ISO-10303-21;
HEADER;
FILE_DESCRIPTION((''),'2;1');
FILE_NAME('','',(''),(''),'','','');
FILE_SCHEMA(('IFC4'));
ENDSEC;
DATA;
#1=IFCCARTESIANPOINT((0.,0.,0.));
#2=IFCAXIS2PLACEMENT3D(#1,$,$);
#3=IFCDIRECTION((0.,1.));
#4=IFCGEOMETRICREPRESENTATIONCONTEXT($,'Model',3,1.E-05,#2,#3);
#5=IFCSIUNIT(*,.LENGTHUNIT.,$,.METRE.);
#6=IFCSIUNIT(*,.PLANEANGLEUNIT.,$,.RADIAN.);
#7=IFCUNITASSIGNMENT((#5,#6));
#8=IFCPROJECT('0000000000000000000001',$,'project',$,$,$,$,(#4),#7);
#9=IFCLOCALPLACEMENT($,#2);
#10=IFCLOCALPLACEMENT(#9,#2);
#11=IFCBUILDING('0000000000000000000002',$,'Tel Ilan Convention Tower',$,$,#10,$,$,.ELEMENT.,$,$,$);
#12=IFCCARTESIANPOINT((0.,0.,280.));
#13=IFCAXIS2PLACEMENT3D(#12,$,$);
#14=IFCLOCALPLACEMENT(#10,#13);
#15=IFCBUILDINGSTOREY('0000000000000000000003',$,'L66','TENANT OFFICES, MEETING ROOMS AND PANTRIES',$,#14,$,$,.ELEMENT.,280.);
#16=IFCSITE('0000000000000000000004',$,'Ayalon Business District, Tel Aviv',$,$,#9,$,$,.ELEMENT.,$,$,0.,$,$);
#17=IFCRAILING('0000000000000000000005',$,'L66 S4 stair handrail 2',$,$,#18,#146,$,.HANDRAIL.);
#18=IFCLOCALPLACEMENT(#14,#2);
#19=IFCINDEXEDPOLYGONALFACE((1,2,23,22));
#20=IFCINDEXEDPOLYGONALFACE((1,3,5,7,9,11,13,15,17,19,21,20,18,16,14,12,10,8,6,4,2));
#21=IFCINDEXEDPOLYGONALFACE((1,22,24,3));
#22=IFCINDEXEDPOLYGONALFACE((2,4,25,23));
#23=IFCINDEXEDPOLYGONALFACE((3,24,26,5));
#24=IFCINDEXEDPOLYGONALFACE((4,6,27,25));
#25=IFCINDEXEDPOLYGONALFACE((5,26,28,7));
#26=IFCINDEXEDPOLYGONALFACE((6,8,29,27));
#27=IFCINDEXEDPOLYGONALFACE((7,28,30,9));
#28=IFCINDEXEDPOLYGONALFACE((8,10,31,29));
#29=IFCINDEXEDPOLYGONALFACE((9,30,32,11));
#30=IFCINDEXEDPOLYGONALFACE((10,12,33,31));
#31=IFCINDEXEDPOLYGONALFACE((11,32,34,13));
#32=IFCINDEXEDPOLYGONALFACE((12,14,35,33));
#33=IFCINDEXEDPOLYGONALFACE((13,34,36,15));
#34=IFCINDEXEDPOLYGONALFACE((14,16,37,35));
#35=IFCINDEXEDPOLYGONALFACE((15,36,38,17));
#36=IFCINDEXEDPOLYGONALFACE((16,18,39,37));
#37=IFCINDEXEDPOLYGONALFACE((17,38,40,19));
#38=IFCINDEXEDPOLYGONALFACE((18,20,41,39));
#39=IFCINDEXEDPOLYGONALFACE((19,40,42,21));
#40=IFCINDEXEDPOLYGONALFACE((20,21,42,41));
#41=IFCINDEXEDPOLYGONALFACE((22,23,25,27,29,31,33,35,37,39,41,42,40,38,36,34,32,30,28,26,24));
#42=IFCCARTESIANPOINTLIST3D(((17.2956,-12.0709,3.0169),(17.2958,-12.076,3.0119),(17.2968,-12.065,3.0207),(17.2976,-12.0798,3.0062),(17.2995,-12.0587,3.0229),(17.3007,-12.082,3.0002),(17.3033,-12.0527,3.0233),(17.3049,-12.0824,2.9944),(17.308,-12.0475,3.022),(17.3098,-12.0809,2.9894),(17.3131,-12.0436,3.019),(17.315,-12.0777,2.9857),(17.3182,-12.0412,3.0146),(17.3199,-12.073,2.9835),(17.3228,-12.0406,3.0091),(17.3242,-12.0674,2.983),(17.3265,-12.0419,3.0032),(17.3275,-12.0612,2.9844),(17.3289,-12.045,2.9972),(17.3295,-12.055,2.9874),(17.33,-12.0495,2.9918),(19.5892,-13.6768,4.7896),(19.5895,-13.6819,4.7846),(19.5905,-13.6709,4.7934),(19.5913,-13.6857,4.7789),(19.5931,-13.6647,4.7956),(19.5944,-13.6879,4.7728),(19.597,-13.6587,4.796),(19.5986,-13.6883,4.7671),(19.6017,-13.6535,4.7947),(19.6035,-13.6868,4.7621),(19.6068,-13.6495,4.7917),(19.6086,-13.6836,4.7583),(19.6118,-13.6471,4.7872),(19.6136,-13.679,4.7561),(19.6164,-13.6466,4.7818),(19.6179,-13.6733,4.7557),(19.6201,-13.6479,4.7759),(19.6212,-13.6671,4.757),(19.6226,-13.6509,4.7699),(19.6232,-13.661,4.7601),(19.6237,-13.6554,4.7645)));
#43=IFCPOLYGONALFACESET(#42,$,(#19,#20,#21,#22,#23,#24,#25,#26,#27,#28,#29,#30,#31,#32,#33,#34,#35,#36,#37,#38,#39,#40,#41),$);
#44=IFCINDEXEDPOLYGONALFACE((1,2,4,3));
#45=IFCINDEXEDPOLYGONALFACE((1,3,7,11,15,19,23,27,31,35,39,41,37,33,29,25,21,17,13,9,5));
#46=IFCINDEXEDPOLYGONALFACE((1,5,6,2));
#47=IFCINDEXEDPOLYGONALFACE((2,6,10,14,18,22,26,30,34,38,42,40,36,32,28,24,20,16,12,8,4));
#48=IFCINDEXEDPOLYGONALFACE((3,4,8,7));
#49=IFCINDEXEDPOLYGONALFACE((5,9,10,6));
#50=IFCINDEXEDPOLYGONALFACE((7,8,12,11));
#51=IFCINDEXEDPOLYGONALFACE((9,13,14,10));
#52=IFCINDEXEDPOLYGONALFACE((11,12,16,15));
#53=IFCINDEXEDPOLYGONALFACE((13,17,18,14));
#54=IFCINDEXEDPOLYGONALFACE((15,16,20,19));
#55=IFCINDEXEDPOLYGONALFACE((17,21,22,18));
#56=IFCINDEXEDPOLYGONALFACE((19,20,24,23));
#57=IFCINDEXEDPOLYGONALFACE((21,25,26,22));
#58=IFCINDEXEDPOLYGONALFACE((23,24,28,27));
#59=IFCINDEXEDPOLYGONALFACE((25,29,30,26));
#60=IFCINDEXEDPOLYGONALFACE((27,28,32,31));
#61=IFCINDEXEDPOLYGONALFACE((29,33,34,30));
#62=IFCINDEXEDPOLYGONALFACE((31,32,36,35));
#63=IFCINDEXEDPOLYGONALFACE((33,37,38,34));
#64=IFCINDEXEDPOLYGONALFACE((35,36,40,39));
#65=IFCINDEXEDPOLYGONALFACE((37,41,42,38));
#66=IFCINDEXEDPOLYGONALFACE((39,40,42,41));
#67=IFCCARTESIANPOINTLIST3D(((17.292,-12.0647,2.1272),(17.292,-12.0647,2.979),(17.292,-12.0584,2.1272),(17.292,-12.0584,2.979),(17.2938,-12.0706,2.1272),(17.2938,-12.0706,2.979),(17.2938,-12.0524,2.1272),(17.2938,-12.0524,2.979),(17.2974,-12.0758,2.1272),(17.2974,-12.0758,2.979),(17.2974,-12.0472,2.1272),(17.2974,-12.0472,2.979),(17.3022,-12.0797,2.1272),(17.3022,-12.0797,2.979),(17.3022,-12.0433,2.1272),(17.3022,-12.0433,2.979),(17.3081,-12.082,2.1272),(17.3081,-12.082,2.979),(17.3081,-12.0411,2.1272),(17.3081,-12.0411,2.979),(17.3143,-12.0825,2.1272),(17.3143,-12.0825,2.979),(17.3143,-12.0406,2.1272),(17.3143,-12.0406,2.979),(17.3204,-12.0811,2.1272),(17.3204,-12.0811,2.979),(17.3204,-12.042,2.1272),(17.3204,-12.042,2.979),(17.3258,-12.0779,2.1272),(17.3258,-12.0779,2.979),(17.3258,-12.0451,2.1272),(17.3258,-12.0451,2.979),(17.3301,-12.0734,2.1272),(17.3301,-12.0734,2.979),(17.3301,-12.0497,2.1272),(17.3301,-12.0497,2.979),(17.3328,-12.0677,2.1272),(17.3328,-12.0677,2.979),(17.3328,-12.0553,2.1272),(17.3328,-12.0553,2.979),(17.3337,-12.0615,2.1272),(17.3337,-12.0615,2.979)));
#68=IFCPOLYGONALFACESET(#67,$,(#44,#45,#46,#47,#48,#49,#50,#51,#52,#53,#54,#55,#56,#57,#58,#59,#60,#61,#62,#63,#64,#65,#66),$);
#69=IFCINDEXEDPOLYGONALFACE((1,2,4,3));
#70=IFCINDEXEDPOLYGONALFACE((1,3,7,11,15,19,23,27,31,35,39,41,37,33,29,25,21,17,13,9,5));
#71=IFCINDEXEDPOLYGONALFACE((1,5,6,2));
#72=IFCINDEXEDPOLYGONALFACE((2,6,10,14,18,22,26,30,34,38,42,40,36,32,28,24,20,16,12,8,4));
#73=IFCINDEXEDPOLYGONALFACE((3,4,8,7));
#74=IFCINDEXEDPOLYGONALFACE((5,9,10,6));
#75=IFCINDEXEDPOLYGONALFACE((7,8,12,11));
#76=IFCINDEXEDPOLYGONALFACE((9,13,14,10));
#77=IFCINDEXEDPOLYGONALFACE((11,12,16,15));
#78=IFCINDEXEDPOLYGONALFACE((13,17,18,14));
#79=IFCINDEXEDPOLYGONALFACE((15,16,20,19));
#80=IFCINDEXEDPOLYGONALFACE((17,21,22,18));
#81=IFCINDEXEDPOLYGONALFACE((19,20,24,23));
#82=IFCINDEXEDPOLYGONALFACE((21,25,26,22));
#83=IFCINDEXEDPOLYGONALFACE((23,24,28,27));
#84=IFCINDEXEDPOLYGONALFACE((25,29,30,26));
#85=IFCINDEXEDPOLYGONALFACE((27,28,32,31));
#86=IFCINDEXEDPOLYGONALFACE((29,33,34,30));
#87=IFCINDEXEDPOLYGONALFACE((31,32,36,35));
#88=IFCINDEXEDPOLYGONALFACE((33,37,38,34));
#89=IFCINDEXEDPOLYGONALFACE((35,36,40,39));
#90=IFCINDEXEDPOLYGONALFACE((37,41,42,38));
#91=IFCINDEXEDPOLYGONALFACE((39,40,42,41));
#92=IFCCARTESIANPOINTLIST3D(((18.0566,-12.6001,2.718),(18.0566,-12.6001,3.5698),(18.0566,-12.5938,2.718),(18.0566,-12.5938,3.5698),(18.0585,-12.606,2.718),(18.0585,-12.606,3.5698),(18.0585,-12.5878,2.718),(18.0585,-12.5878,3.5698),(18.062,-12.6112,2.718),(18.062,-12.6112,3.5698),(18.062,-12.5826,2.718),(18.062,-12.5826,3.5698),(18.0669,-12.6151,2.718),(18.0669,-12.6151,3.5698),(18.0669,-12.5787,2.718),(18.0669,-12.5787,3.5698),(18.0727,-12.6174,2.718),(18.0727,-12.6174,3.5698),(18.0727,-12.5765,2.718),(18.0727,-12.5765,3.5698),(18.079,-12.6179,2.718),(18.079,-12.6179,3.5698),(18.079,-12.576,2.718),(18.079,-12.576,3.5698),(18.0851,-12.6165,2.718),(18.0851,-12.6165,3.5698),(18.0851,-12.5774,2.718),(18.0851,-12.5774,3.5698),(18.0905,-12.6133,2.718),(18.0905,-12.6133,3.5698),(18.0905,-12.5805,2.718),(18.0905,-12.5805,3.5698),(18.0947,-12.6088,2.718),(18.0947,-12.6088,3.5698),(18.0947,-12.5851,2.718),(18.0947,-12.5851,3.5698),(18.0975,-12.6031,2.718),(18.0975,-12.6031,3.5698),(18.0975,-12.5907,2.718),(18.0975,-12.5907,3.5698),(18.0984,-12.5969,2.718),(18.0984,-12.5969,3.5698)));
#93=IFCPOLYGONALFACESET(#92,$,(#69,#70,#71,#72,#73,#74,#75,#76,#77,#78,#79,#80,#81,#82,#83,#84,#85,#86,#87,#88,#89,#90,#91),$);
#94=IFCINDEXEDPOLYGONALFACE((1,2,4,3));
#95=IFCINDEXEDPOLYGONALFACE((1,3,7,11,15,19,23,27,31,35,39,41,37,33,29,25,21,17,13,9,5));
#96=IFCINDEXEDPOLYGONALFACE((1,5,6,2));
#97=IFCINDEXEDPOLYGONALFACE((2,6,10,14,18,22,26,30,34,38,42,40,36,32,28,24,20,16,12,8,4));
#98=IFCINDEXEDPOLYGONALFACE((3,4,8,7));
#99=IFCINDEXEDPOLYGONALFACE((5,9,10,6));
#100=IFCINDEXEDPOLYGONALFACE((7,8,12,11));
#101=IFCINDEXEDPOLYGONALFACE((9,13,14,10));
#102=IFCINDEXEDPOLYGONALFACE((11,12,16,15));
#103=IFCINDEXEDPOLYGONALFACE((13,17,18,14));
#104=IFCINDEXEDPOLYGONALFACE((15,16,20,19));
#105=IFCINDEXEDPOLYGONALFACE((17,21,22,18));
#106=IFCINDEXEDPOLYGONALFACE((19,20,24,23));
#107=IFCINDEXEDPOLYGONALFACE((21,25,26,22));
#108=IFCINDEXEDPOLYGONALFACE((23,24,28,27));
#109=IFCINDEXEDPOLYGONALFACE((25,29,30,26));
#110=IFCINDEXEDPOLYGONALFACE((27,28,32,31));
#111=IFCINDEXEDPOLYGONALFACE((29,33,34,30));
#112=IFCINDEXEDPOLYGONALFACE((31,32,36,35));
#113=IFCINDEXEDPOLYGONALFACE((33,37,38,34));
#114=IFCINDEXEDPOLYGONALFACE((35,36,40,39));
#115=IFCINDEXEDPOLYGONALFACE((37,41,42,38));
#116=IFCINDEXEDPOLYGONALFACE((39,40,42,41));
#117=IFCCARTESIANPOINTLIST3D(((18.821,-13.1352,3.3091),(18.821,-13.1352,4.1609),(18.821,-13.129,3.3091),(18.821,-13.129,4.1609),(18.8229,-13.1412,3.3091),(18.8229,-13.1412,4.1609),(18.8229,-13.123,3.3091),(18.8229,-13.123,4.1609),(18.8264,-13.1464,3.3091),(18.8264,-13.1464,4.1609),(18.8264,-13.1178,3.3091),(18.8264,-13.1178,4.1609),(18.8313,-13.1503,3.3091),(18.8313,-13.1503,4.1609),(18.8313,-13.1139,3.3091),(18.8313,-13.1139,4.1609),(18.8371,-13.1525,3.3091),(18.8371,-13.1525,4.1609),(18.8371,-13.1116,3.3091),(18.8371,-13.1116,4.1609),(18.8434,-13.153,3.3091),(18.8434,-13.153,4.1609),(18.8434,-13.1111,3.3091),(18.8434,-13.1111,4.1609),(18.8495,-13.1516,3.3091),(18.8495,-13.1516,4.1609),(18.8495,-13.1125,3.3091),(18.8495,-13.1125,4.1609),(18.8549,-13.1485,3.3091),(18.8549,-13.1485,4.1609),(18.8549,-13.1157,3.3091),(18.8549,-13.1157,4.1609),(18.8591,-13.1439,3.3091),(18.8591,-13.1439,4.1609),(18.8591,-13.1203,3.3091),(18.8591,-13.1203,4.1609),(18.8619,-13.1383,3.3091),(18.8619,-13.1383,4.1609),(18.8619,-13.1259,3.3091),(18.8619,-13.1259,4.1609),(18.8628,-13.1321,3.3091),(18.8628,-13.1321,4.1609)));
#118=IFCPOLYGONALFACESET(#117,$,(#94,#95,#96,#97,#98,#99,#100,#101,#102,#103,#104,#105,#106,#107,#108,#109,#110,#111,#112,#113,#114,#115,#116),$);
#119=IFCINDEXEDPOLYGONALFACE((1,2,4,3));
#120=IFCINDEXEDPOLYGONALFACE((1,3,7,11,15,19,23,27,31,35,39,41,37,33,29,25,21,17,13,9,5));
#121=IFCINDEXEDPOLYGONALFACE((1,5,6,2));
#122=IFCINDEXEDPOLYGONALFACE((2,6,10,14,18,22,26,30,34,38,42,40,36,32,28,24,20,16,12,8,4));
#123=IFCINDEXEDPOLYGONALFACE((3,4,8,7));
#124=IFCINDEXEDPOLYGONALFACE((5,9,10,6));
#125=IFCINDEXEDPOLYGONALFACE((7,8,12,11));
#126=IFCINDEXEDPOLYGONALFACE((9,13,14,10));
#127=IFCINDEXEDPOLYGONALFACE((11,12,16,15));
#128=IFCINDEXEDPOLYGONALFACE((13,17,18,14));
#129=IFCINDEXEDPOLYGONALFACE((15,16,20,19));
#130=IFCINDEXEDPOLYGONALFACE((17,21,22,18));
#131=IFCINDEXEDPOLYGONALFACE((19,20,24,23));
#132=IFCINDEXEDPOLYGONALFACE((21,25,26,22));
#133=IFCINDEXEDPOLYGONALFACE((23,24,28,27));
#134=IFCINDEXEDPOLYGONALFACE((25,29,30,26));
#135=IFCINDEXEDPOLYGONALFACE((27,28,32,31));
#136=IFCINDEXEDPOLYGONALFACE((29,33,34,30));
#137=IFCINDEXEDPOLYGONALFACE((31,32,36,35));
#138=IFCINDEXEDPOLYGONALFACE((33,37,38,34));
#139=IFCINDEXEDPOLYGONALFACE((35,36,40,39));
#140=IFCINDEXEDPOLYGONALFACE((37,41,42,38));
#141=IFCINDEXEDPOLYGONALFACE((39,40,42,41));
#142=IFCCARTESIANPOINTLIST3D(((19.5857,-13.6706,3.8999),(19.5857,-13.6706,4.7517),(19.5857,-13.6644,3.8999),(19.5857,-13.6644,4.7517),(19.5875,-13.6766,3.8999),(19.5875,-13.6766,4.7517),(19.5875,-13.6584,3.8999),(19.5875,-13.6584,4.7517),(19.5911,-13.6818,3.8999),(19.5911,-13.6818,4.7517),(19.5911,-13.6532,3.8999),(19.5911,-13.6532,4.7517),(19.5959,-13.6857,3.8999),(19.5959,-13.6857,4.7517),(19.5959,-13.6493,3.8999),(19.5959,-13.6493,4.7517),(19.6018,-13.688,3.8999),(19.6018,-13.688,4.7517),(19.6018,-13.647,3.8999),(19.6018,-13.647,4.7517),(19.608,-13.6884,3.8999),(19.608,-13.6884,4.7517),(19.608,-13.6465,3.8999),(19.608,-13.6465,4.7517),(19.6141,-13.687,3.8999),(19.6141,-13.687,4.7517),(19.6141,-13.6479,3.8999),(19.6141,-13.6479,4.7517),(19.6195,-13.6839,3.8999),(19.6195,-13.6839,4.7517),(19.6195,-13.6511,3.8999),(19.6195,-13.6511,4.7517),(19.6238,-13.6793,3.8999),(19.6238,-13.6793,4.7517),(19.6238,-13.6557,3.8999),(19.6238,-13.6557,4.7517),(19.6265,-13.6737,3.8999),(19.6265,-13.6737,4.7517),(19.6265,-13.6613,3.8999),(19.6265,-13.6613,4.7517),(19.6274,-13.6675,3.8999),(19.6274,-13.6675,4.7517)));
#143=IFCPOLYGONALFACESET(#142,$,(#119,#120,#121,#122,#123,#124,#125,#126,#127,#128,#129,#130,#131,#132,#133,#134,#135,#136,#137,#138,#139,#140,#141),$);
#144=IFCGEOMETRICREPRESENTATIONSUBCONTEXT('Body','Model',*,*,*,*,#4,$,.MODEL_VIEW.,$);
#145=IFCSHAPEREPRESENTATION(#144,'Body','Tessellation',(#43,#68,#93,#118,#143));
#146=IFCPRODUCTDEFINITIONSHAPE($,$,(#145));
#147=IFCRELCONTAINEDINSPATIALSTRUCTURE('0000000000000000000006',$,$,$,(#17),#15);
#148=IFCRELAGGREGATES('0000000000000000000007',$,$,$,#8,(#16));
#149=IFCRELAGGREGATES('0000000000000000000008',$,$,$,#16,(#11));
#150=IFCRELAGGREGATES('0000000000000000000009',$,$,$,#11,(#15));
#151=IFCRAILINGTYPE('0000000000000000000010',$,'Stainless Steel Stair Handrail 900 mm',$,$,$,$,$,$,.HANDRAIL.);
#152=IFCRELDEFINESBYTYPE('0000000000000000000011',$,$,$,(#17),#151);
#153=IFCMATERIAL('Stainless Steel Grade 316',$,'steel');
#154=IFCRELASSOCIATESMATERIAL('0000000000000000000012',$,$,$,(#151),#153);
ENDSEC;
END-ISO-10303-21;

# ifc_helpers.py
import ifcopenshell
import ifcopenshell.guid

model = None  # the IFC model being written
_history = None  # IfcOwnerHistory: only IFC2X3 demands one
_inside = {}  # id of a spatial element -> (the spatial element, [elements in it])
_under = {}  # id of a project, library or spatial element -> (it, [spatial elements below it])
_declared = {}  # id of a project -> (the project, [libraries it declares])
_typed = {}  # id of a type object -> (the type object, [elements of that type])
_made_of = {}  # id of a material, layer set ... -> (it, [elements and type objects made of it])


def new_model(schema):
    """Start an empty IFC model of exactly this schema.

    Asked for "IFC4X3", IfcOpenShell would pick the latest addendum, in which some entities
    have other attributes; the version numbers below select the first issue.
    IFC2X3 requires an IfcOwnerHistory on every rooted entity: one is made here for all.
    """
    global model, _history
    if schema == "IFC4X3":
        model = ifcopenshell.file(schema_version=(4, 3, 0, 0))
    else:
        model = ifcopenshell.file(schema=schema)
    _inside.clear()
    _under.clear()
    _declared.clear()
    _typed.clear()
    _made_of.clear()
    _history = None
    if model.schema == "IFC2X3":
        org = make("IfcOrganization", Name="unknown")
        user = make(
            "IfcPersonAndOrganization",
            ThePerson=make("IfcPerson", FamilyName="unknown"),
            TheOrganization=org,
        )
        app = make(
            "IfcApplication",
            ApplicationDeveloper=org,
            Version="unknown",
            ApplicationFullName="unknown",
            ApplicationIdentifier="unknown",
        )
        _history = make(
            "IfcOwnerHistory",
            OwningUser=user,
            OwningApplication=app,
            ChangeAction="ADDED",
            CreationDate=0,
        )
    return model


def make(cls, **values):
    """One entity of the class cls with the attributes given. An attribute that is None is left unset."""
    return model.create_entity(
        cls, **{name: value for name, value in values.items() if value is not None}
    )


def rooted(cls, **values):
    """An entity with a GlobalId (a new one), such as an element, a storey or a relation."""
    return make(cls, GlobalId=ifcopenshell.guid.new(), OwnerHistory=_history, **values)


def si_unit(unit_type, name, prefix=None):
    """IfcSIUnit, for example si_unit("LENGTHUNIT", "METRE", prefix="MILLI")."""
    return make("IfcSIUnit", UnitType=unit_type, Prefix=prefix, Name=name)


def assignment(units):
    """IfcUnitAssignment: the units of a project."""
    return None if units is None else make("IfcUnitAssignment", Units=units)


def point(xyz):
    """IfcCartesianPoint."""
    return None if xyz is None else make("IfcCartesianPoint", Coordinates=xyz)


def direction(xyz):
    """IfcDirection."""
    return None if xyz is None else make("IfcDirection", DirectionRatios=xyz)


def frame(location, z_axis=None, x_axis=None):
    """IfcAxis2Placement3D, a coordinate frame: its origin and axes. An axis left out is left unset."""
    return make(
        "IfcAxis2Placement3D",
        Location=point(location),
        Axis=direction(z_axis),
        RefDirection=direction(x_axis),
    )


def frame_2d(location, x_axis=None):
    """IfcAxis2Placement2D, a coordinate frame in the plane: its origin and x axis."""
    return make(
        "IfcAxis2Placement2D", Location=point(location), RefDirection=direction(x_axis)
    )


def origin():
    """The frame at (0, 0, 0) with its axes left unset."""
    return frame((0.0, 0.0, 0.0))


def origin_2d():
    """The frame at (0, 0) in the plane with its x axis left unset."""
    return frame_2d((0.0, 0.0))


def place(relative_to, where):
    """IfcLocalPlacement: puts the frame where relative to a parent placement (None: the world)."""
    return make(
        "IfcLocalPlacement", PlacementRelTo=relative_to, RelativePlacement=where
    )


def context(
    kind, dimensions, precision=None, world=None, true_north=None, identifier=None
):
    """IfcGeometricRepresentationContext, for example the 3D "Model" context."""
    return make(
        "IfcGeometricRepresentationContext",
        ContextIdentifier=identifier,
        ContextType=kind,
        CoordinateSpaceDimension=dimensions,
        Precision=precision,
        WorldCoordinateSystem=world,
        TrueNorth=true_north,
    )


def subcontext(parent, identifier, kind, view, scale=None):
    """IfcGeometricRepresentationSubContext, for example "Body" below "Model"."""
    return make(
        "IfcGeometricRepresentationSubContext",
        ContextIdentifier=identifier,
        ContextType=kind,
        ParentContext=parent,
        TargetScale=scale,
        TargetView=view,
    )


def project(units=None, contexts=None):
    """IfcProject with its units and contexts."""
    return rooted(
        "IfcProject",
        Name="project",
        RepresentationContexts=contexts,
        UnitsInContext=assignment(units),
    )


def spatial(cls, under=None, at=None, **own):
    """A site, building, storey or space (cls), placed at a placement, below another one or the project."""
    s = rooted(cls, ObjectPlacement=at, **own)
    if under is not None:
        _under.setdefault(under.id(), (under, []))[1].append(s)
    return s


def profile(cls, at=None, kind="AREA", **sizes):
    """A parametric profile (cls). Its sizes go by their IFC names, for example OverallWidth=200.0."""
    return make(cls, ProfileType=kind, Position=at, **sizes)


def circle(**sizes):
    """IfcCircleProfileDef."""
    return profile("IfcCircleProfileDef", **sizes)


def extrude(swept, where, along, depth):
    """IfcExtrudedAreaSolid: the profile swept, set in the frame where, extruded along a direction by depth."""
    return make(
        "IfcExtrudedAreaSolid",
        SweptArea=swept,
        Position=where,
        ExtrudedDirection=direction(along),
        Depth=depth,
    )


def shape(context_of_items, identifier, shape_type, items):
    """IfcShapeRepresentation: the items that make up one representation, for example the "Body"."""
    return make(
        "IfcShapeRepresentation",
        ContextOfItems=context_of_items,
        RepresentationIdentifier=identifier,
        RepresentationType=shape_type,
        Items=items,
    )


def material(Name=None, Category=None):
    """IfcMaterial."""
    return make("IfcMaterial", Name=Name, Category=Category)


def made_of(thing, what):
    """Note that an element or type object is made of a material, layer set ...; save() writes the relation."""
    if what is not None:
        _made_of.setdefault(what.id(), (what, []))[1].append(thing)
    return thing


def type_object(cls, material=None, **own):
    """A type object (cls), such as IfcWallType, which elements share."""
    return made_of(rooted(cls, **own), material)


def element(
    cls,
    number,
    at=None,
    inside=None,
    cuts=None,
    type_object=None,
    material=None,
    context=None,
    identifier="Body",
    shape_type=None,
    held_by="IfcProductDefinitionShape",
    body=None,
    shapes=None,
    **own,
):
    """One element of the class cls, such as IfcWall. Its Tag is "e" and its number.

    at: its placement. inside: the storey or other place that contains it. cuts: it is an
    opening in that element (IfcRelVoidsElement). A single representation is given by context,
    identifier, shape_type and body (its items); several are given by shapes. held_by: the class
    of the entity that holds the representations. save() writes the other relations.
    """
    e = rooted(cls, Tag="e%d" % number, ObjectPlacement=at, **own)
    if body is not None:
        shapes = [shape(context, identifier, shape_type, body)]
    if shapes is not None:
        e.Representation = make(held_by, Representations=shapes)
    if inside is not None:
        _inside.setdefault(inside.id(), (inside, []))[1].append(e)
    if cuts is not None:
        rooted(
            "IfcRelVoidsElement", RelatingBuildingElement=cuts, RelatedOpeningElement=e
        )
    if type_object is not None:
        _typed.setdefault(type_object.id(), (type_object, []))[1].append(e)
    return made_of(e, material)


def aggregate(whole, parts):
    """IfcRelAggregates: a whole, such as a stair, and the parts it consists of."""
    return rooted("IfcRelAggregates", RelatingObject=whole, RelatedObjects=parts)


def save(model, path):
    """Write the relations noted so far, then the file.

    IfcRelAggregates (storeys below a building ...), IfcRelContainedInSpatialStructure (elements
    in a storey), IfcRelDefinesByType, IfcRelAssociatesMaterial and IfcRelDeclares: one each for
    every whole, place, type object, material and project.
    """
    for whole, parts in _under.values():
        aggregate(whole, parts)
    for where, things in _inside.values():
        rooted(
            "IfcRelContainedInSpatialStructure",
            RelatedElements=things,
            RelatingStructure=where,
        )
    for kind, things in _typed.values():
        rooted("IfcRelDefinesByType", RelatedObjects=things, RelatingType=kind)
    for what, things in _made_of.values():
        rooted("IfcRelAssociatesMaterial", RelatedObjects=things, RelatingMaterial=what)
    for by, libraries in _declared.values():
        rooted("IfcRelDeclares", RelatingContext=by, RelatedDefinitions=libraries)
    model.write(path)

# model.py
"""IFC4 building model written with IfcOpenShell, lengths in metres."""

from ifc_helpers import new_model, si_unit, direction, frame, origin, origin_2d, place, context, subcontext, project, spatial, circle, extrude, material, type_object, element, save


model = new_model("IFC4")

# Units and contexts
model_context = context("Model", 3, precision=1e-05, world=origin(), true_north=direction((0.0, 1.0)))
body_context = subcontext(model_context, "Body", "Model", "MODEL_VIEW")
ifc_project = project(units=[si_unit("LENGTHUNIT", "METRE"), si_unit("PLANEANGLEUNIT", "RADIAN")], contexts=[model_context])

# Site, building, storey
site_placement = place(None, origin())
site = spatial("IfcSite", under=ifc_project, at=site_placement, Name="Ayalon Business District, Tel Aviv", CompositionType="ELEMENT", RefElevation=0.0)
building_placement = place(site_placement, origin())
building = spatial("IfcBuilding", under=site, at=building_placement, Name="Tel Ilan Convention Tower", CompositionType="ELEMENT")
storey_placement = place(building_placement, frame((0.0, 0.0, 280.0)))
storey = spatial("IfcBuildingStorey", under=building, at=storey_placement, Name="L66", Description="TENANT OFFICES, MEETING ROOMS AND PANTRIES", CompositionType="ELEMENT", Elevation=280.0)

# Railing
ifc_material_1 = material(Name="Stainless Steel Grade 316", Category="steel")
railing_type = type_object("IfcRailingType", Name="Stainless Steel Stair Handrail 900 mm", PredefinedType="HANDRAIL", material=ifc_material_1)
railing_placement = place(storey_placement, frame((17.3127, -12.0615, 2.1272)))
element("IfcRailing", 1, at=railing_placement, inside=storey, type_object=railing_type, Name="L66 S4 stair handrail 2", PredefinedType="HANDRAIL", context=body_context, shape_type="SweptSolid", body=[
    extrude(circle(Radius=0.0239, at=origin_2d()), frame((0.0, 0.0, 0.876), z_axis=(0.692123, -0.484597, 0.534913), x_axis=(0.57355, 0.81917, 0.0)), (0.0, 0.0, 1.0), 3.314),
    extrude(circle(Radius=0.021, at=origin_2d()), origin(), (0.0, 0.0, 1.0), 0.8518),
    extrude(circle(Radius=0.021, at=origin_2d()), frame((0.7646, -0.5354, 0.5908)), (0.0, 0.0, 1.0), 0.8518),
    extrude(circle(Radius=0.021, at=origin_2d()), frame((1.5291, -1.0706, 1.1819)), (0.0, 0.0, 1.0), 0.8518),
    extrude(circle(Radius=0.021, at=origin_2d()), frame((2.2937, -1.606, 1.7727)), (0.0, 0.0, 1.0), 0.8518),
])

save(model, "model.ifc")
